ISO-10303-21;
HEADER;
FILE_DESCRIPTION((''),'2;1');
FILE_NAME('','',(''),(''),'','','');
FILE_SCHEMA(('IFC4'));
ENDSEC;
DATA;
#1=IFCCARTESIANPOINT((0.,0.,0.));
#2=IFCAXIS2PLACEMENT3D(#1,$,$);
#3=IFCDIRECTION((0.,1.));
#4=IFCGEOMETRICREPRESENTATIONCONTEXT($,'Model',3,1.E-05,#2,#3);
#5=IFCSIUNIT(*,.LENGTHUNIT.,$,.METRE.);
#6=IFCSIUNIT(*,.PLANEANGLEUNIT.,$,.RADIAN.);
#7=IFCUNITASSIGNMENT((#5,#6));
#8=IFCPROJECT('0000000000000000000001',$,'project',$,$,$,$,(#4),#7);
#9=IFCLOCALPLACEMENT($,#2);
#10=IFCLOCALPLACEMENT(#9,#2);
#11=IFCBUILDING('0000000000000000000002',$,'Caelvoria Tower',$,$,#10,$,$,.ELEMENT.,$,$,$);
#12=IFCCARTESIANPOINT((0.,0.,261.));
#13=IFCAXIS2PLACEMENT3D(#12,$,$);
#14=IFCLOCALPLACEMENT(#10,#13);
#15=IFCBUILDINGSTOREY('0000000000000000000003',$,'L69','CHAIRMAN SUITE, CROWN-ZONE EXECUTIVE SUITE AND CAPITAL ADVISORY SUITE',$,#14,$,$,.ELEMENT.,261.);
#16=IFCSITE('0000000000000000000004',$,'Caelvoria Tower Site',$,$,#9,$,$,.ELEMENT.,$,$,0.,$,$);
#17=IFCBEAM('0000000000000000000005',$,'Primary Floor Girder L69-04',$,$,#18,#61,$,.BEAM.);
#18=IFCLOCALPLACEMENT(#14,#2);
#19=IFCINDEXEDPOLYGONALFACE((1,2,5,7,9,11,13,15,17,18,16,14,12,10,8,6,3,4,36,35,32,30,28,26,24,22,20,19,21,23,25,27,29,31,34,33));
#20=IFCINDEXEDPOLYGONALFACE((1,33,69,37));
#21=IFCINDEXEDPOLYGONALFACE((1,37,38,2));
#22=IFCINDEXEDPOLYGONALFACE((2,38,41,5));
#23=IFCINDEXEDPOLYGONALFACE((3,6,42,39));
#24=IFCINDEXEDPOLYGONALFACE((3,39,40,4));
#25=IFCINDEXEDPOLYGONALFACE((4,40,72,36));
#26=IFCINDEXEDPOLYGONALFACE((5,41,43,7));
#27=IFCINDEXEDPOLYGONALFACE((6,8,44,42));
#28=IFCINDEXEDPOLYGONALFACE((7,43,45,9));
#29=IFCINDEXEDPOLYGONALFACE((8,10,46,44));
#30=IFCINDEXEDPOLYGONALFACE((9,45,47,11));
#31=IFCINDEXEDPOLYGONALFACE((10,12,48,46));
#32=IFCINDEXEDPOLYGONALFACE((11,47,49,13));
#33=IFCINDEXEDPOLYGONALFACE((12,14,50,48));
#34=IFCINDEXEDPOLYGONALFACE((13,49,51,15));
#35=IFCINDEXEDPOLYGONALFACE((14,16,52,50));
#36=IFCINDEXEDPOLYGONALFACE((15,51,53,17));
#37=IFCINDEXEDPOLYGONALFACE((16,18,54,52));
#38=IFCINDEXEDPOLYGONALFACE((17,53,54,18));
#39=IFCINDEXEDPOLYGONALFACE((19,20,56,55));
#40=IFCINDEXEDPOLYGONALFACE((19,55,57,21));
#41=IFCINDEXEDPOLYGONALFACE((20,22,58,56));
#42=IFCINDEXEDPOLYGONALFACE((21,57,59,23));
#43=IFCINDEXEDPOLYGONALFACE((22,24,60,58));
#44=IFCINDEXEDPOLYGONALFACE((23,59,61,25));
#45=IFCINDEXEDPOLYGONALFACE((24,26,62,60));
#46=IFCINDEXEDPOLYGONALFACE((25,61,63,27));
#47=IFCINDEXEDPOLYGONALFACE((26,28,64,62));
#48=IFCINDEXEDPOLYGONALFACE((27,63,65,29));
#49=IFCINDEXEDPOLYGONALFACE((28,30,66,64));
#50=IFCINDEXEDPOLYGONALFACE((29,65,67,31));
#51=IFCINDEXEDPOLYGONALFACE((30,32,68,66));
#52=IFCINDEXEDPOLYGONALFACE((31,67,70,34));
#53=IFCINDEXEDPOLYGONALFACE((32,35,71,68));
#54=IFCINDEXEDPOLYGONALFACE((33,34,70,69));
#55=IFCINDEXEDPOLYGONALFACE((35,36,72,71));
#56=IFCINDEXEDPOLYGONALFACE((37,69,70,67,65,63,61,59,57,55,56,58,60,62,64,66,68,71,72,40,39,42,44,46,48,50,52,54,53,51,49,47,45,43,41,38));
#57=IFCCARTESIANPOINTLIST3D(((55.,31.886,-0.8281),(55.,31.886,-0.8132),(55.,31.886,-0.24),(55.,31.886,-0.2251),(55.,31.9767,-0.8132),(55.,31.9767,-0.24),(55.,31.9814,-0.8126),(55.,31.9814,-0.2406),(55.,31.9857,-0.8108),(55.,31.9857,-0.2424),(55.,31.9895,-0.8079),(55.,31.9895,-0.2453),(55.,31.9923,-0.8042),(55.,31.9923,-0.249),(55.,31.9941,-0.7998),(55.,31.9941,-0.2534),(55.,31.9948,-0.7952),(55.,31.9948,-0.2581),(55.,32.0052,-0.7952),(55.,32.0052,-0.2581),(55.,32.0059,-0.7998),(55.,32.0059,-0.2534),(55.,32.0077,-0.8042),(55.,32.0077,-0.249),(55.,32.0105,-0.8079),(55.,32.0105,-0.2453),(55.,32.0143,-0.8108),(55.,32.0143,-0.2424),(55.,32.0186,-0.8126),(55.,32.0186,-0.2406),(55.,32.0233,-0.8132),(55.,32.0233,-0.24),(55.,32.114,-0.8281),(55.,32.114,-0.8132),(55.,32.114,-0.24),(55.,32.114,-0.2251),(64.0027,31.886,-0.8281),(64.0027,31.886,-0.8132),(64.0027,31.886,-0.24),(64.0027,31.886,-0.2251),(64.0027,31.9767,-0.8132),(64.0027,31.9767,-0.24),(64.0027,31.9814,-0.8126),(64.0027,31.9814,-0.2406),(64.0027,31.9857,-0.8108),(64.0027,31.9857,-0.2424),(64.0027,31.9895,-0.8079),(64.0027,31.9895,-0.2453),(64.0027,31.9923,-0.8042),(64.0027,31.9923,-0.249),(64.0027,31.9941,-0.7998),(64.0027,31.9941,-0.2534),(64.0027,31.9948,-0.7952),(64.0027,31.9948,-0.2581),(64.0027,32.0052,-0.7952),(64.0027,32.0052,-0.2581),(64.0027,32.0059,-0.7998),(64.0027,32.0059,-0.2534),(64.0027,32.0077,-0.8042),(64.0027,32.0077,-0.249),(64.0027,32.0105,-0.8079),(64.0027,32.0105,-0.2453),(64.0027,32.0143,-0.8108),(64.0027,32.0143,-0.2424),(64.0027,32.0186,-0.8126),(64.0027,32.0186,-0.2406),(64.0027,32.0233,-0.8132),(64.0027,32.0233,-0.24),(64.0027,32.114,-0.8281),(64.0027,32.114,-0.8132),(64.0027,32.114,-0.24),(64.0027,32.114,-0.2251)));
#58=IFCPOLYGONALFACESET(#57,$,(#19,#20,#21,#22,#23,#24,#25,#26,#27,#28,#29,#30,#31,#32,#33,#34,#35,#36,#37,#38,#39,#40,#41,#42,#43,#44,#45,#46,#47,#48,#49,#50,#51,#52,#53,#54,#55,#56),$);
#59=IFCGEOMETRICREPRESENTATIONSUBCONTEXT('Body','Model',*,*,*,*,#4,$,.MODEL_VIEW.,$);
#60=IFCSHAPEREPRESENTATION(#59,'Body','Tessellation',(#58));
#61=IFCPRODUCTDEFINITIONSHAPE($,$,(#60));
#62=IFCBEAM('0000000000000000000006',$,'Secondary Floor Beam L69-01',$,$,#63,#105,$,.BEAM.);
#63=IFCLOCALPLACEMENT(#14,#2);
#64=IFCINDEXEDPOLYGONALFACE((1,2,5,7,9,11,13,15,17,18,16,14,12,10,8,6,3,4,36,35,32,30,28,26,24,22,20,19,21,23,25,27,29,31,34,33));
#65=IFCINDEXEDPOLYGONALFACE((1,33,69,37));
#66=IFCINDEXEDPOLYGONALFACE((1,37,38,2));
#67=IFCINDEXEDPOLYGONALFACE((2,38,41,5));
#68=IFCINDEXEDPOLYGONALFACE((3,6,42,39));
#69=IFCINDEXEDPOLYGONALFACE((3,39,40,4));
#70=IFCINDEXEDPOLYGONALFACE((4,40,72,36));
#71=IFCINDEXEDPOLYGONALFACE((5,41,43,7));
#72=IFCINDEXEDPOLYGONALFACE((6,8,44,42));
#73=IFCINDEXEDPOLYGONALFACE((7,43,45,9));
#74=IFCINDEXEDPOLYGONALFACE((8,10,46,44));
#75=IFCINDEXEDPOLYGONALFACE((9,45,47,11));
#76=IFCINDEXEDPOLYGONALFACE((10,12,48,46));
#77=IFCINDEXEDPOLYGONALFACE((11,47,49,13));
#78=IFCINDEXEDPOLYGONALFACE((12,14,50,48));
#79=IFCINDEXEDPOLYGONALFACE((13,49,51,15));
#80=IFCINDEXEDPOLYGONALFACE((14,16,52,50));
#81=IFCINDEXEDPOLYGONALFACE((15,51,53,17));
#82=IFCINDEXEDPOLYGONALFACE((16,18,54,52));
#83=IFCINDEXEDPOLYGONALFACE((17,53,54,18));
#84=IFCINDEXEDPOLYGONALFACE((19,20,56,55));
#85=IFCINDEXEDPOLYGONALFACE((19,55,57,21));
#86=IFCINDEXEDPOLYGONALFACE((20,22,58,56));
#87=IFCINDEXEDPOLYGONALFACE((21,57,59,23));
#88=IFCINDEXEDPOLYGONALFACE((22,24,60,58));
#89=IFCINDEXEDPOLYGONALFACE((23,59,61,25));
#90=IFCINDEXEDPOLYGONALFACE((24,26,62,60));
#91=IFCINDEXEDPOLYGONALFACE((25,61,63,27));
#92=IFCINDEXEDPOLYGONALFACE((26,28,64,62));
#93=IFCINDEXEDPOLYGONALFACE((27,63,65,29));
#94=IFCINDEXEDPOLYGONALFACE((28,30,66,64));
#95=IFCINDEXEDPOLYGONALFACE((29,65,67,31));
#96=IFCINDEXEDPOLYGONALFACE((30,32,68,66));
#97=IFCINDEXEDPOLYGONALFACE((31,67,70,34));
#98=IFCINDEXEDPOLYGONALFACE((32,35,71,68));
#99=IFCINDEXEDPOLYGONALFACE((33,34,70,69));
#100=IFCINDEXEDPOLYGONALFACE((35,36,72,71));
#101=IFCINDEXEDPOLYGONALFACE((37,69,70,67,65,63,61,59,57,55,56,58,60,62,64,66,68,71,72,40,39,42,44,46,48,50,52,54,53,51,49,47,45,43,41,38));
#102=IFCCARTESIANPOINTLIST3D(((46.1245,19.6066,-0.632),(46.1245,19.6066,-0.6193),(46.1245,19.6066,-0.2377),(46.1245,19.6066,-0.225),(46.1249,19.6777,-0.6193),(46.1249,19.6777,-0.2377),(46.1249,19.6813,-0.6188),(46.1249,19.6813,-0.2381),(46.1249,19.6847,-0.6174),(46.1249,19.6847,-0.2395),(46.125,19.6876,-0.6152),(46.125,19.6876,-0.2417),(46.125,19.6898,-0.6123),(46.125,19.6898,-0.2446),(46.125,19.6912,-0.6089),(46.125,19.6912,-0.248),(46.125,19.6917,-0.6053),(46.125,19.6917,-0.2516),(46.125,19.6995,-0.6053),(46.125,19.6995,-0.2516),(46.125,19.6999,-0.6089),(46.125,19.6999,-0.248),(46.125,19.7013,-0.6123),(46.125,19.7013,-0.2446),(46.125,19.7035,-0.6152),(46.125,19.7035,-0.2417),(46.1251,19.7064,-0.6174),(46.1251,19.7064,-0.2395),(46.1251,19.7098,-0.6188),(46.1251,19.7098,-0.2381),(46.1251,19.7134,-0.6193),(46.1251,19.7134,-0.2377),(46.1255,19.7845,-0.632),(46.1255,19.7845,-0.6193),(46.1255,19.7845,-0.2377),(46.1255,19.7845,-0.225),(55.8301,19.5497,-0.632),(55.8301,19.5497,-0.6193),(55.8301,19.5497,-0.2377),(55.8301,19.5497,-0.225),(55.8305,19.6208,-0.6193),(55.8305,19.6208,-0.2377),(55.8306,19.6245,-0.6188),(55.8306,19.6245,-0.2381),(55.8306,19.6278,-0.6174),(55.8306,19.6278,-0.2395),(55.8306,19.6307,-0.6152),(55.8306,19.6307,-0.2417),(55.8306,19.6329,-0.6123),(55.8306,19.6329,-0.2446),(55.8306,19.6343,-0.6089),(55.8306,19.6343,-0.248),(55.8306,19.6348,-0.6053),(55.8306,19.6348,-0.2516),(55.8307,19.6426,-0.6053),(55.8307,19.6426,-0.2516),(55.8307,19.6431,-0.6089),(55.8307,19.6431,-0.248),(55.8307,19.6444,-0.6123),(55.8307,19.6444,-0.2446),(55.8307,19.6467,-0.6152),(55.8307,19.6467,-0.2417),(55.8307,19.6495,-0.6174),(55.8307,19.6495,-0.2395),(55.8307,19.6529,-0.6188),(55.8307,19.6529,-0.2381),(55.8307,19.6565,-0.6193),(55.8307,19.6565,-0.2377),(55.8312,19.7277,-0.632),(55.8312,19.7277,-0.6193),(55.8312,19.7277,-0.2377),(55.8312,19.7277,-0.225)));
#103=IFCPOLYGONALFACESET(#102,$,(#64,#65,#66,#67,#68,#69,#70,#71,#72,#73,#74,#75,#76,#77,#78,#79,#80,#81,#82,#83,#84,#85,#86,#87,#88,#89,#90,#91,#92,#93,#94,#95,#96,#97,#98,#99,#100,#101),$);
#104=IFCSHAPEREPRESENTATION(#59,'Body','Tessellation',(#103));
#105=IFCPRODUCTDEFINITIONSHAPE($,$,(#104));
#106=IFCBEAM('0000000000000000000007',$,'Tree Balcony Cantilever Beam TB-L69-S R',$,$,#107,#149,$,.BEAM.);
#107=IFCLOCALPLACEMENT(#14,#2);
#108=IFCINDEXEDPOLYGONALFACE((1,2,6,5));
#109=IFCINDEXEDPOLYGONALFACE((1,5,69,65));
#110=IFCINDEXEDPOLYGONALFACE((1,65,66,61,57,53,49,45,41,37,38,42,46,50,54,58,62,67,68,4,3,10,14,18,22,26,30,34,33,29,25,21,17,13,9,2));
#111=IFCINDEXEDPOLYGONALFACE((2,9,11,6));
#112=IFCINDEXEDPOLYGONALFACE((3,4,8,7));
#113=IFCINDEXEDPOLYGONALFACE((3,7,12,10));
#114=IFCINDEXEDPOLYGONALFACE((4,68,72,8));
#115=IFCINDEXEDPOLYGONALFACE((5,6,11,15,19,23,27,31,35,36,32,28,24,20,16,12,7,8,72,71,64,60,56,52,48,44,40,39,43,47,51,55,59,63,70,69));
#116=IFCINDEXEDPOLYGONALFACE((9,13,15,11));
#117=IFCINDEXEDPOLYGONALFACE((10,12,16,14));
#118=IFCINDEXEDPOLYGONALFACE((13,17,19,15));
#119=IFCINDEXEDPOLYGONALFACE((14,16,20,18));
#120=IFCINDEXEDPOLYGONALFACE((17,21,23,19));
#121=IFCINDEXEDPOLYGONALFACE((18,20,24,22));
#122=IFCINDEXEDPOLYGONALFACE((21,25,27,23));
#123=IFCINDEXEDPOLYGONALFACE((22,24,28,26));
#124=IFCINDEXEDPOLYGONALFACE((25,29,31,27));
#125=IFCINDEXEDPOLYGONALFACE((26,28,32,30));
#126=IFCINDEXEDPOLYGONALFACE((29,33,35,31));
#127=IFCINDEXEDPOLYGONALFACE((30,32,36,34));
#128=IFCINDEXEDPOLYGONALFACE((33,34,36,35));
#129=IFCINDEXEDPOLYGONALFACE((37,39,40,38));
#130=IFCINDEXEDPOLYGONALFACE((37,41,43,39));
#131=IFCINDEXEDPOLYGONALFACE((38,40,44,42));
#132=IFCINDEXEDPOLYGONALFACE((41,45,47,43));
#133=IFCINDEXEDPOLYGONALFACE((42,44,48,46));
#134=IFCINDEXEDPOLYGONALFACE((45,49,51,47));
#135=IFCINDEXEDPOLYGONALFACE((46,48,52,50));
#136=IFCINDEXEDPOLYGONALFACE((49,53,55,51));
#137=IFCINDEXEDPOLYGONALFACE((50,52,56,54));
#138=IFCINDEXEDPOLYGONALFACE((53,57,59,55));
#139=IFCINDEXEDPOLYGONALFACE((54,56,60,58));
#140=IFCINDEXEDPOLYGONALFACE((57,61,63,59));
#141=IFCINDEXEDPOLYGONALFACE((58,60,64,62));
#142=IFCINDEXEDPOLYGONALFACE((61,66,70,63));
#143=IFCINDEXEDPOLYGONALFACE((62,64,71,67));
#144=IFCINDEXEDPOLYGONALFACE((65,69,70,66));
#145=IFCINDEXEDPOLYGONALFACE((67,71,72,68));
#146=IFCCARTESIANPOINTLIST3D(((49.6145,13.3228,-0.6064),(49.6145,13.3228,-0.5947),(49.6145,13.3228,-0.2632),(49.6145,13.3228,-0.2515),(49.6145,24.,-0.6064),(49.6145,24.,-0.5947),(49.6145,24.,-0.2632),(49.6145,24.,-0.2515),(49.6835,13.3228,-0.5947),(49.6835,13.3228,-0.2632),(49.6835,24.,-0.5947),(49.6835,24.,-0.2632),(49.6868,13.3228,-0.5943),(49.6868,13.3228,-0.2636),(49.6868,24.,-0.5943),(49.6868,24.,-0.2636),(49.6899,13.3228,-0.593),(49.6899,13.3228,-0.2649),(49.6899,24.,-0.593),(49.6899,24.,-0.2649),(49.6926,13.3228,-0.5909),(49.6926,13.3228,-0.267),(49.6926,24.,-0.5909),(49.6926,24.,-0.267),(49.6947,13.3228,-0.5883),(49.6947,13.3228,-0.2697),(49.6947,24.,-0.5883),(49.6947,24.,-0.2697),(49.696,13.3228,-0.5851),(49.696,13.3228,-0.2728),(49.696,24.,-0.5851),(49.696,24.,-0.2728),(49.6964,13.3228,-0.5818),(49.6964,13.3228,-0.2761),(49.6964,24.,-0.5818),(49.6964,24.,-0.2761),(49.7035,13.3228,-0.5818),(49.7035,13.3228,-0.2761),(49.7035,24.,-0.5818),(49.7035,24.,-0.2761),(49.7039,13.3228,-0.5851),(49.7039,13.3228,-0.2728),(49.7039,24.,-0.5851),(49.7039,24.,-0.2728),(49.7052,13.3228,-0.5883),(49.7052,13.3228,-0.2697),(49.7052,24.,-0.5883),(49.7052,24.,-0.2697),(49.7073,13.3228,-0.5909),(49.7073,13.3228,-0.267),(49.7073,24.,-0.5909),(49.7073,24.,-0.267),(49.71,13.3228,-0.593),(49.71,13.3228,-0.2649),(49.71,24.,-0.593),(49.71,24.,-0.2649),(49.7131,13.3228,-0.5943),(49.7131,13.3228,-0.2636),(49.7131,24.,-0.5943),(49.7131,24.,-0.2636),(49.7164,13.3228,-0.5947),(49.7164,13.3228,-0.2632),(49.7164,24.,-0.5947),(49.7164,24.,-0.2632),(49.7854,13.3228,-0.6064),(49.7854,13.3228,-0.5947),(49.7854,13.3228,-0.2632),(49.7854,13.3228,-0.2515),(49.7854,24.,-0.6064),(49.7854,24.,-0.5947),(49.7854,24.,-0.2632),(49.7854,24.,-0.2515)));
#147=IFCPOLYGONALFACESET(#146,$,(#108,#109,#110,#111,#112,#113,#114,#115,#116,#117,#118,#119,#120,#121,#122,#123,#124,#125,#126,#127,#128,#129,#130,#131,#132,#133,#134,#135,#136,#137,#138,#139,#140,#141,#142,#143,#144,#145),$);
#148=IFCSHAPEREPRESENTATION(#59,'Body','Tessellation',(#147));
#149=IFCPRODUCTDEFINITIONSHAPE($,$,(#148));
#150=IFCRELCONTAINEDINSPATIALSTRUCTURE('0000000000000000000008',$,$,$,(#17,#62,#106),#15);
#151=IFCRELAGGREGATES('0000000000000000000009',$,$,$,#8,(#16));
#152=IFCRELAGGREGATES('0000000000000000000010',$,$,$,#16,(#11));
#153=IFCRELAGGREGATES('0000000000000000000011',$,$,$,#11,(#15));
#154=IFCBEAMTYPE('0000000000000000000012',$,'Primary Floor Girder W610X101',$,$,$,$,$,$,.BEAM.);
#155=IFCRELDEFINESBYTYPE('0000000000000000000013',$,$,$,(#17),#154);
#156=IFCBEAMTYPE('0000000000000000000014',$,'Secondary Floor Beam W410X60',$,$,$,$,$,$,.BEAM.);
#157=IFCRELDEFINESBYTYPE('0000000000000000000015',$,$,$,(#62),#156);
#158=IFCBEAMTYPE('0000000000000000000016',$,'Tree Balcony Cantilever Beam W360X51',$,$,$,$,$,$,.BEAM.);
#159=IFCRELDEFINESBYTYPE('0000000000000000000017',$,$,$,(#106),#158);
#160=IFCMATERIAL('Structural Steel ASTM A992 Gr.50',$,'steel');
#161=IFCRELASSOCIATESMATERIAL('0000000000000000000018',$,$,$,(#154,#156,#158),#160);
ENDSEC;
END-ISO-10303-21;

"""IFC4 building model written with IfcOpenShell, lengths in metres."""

from ifc_helpers import new_model, si_unit, direction, frame, origin, origin_2d, place, context, subcontext, project, spatial, i_section, extrude, material, material_profile, profile_set, type_object, element, save


model = new_model("IFC4")

# Units and contexts
model_context = context("Model", 3, precision=1e-05, world=origin(), true_north=direction((0.0, 1.0)))
body_context = subcontext(model_context, "Body", "Model", "MODEL_VIEW")
ifc_project = project(units=[si_unit("LENGTHUNIT", "METRE"), si_unit("PLANEANGLEUNIT", "RADIAN")], contexts=[model_context])

# Site, building, storey
site_placement = place(None, origin())
site = spatial("IfcSite", under=ifc_project, at=site_placement, Name="Caelvoria Tower Site", CompositionType="ELEMENT", RefElevation=0.0)
building_placement = place(site_placement, origin())
building = spatial("IfcBuilding", under=site, at=building_placement, Name="Caelvoria Tower", CompositionType="ELEMENT")
storey_placement = place(building_placement, frame((0.0, 0.0, 261.0)))
storey = spatial("IfcBuildingStorey", under=building, at=storey_placement, Name="L69", Description="CHAIRMAN SUITE, CROWN-ZONE EXECUTIVE SUITE AND CAPITAL ADVISORY SUITE", CompositionType="ELEMENT", Elevation=261.0)

# Shared definitions
ifc_material_1 = material(Name="Structural Steel ASTM A992 Gr.50", Category="steel")

# Beams
ifc_material_profile_1 = material_profile(ifc_material_1, i_section(OverallWidth=0.228, OverallDepth=0.603, WebThickness=0.0105, FlangeThickness=0.0149, FilletRadius=0.0181, at=origin_2d()), Name="Structural Steel ASTM A992 Gr.50")
ifc_profile_set_1 = profile_set([ifc_material_profile_1], Name="W610X101 - Structural Steel ASTM A992 Gr.50")
beam_type_1 = type_object("IfcBeamType", Name="Primary Floor Girder W610X101", PredefinedType="BEAM", material=ifc_profile_set_1)
beam_1_placement = place(storey_placement, frame((55.0, 32.0, -0.5266), z_axis=(1.0, 0.0, 0.0), x_axis=(0.0, 1.0, 0.0)))
element("IfcBeam", 1, at=beam_1_placement, inside=storey, type_object=beam_type_1, Name="Primary Floor Girder L69-04", PredefinedType="BEAM", context=body_context, shape_type="SweptSolid", body=[
    extrude(i_section(OverallWidth=0.228, OverallDepth=0.603, WebThickness=0.0105, FlangeThickness=0.0149, FilletRadius=0.0181, at=origin_2d()), origin(), (0.0, 0.0, 1.0), 9.0027),
])
ifc_material_profile_2 = material_profile(ifc_material_1, i_section(OverallWidth=0.178, OverallDepth=0.407, WebThickness=0.0078, FlangeThickness=0.0127, FilletRadius=0.0139, at=origin_2d()), Name="Structural Steel ASTM A992 Gr.50")
ifc_profile_set_2 = profile_set([ifc_material_profile_2], Name="W410X60 - Structural Steel ASTM A992 Gr.50")
beam_type_2 = type_object("IfcBeamType", Name="Secondary Floor Beam W410X60", PredefinedType="BEAM", material=ifc_profile_set_2)
beam_2_placement = place(storey_placement, frame((46.125, 19.6956, -0.4285), z_axis=(0.999983, -0.005861, 0.0), x_axis=(0.005861, 0.999983, 0.0)))
element("IfcBeam", 2, at=beam_2_placement, inside=storey, type_object=beam_type_2, Name="Secondary Floor Beam L69-01", PredefinedType="BEAM", context=body_context, shape_type="SweptSolid", body=[
    extrude(i_section(OverallWidth=0.178, OverallDepth=0.407, WebThickness=0.0078, FlangeThickness=0.0127, FilletRadius=0.0139, at=origin_2d()), origin(), (0.0, 0.0, 1.0), 9.7058),
])
ifc_material_profile_3 = material_profile(ifc_material_1, i_section(OverallWidth=0.1709, OverallDepth=0.355, WebThickness=0.0071, FlangeThickness=0.0117, FilletRadius=0.0129, at=origin_2d()), Name="Structural Steel ASTM A992 Gr.50")
ifc_profile_set_3 = profile_set([ifc_material_profile_3], Name="W360X51 - Structural Steel ASTM A992 Gr.50")
beam_type_3 = type_object("IfcBeamType", Name="Tree Balcony Cantilever Beam W360X51", PredefinedType="BEAM", material=ifc_profile_set_3)
beam_3_placement = place(storey_placement, frame((49.7, 24.0, -0.429), z_axis=(0.0, -1.0, 0.0), x_axis=(1.0, 0.0, 0.0)))
element("IfcBeam", 3, at=beam_3_placement, inside=storey, type_object=beam_type_3, Name="Tree Balcony Cantilever Beam TB-L69-S R", PredefinedType="BEAM", context=body_context, shape_type="SweptSolid", body=[
    extrude(i_section(OverallWidth=0.1709, OverallDepth=0.355, WebThickness=0.0071, FlangeThickness=0.0117, FilletRadius=0.0129, at=origin_2d()), origin(), (0.0, 0.0, 1.0), 10.6772),
])

save(model, "model.ifc")
